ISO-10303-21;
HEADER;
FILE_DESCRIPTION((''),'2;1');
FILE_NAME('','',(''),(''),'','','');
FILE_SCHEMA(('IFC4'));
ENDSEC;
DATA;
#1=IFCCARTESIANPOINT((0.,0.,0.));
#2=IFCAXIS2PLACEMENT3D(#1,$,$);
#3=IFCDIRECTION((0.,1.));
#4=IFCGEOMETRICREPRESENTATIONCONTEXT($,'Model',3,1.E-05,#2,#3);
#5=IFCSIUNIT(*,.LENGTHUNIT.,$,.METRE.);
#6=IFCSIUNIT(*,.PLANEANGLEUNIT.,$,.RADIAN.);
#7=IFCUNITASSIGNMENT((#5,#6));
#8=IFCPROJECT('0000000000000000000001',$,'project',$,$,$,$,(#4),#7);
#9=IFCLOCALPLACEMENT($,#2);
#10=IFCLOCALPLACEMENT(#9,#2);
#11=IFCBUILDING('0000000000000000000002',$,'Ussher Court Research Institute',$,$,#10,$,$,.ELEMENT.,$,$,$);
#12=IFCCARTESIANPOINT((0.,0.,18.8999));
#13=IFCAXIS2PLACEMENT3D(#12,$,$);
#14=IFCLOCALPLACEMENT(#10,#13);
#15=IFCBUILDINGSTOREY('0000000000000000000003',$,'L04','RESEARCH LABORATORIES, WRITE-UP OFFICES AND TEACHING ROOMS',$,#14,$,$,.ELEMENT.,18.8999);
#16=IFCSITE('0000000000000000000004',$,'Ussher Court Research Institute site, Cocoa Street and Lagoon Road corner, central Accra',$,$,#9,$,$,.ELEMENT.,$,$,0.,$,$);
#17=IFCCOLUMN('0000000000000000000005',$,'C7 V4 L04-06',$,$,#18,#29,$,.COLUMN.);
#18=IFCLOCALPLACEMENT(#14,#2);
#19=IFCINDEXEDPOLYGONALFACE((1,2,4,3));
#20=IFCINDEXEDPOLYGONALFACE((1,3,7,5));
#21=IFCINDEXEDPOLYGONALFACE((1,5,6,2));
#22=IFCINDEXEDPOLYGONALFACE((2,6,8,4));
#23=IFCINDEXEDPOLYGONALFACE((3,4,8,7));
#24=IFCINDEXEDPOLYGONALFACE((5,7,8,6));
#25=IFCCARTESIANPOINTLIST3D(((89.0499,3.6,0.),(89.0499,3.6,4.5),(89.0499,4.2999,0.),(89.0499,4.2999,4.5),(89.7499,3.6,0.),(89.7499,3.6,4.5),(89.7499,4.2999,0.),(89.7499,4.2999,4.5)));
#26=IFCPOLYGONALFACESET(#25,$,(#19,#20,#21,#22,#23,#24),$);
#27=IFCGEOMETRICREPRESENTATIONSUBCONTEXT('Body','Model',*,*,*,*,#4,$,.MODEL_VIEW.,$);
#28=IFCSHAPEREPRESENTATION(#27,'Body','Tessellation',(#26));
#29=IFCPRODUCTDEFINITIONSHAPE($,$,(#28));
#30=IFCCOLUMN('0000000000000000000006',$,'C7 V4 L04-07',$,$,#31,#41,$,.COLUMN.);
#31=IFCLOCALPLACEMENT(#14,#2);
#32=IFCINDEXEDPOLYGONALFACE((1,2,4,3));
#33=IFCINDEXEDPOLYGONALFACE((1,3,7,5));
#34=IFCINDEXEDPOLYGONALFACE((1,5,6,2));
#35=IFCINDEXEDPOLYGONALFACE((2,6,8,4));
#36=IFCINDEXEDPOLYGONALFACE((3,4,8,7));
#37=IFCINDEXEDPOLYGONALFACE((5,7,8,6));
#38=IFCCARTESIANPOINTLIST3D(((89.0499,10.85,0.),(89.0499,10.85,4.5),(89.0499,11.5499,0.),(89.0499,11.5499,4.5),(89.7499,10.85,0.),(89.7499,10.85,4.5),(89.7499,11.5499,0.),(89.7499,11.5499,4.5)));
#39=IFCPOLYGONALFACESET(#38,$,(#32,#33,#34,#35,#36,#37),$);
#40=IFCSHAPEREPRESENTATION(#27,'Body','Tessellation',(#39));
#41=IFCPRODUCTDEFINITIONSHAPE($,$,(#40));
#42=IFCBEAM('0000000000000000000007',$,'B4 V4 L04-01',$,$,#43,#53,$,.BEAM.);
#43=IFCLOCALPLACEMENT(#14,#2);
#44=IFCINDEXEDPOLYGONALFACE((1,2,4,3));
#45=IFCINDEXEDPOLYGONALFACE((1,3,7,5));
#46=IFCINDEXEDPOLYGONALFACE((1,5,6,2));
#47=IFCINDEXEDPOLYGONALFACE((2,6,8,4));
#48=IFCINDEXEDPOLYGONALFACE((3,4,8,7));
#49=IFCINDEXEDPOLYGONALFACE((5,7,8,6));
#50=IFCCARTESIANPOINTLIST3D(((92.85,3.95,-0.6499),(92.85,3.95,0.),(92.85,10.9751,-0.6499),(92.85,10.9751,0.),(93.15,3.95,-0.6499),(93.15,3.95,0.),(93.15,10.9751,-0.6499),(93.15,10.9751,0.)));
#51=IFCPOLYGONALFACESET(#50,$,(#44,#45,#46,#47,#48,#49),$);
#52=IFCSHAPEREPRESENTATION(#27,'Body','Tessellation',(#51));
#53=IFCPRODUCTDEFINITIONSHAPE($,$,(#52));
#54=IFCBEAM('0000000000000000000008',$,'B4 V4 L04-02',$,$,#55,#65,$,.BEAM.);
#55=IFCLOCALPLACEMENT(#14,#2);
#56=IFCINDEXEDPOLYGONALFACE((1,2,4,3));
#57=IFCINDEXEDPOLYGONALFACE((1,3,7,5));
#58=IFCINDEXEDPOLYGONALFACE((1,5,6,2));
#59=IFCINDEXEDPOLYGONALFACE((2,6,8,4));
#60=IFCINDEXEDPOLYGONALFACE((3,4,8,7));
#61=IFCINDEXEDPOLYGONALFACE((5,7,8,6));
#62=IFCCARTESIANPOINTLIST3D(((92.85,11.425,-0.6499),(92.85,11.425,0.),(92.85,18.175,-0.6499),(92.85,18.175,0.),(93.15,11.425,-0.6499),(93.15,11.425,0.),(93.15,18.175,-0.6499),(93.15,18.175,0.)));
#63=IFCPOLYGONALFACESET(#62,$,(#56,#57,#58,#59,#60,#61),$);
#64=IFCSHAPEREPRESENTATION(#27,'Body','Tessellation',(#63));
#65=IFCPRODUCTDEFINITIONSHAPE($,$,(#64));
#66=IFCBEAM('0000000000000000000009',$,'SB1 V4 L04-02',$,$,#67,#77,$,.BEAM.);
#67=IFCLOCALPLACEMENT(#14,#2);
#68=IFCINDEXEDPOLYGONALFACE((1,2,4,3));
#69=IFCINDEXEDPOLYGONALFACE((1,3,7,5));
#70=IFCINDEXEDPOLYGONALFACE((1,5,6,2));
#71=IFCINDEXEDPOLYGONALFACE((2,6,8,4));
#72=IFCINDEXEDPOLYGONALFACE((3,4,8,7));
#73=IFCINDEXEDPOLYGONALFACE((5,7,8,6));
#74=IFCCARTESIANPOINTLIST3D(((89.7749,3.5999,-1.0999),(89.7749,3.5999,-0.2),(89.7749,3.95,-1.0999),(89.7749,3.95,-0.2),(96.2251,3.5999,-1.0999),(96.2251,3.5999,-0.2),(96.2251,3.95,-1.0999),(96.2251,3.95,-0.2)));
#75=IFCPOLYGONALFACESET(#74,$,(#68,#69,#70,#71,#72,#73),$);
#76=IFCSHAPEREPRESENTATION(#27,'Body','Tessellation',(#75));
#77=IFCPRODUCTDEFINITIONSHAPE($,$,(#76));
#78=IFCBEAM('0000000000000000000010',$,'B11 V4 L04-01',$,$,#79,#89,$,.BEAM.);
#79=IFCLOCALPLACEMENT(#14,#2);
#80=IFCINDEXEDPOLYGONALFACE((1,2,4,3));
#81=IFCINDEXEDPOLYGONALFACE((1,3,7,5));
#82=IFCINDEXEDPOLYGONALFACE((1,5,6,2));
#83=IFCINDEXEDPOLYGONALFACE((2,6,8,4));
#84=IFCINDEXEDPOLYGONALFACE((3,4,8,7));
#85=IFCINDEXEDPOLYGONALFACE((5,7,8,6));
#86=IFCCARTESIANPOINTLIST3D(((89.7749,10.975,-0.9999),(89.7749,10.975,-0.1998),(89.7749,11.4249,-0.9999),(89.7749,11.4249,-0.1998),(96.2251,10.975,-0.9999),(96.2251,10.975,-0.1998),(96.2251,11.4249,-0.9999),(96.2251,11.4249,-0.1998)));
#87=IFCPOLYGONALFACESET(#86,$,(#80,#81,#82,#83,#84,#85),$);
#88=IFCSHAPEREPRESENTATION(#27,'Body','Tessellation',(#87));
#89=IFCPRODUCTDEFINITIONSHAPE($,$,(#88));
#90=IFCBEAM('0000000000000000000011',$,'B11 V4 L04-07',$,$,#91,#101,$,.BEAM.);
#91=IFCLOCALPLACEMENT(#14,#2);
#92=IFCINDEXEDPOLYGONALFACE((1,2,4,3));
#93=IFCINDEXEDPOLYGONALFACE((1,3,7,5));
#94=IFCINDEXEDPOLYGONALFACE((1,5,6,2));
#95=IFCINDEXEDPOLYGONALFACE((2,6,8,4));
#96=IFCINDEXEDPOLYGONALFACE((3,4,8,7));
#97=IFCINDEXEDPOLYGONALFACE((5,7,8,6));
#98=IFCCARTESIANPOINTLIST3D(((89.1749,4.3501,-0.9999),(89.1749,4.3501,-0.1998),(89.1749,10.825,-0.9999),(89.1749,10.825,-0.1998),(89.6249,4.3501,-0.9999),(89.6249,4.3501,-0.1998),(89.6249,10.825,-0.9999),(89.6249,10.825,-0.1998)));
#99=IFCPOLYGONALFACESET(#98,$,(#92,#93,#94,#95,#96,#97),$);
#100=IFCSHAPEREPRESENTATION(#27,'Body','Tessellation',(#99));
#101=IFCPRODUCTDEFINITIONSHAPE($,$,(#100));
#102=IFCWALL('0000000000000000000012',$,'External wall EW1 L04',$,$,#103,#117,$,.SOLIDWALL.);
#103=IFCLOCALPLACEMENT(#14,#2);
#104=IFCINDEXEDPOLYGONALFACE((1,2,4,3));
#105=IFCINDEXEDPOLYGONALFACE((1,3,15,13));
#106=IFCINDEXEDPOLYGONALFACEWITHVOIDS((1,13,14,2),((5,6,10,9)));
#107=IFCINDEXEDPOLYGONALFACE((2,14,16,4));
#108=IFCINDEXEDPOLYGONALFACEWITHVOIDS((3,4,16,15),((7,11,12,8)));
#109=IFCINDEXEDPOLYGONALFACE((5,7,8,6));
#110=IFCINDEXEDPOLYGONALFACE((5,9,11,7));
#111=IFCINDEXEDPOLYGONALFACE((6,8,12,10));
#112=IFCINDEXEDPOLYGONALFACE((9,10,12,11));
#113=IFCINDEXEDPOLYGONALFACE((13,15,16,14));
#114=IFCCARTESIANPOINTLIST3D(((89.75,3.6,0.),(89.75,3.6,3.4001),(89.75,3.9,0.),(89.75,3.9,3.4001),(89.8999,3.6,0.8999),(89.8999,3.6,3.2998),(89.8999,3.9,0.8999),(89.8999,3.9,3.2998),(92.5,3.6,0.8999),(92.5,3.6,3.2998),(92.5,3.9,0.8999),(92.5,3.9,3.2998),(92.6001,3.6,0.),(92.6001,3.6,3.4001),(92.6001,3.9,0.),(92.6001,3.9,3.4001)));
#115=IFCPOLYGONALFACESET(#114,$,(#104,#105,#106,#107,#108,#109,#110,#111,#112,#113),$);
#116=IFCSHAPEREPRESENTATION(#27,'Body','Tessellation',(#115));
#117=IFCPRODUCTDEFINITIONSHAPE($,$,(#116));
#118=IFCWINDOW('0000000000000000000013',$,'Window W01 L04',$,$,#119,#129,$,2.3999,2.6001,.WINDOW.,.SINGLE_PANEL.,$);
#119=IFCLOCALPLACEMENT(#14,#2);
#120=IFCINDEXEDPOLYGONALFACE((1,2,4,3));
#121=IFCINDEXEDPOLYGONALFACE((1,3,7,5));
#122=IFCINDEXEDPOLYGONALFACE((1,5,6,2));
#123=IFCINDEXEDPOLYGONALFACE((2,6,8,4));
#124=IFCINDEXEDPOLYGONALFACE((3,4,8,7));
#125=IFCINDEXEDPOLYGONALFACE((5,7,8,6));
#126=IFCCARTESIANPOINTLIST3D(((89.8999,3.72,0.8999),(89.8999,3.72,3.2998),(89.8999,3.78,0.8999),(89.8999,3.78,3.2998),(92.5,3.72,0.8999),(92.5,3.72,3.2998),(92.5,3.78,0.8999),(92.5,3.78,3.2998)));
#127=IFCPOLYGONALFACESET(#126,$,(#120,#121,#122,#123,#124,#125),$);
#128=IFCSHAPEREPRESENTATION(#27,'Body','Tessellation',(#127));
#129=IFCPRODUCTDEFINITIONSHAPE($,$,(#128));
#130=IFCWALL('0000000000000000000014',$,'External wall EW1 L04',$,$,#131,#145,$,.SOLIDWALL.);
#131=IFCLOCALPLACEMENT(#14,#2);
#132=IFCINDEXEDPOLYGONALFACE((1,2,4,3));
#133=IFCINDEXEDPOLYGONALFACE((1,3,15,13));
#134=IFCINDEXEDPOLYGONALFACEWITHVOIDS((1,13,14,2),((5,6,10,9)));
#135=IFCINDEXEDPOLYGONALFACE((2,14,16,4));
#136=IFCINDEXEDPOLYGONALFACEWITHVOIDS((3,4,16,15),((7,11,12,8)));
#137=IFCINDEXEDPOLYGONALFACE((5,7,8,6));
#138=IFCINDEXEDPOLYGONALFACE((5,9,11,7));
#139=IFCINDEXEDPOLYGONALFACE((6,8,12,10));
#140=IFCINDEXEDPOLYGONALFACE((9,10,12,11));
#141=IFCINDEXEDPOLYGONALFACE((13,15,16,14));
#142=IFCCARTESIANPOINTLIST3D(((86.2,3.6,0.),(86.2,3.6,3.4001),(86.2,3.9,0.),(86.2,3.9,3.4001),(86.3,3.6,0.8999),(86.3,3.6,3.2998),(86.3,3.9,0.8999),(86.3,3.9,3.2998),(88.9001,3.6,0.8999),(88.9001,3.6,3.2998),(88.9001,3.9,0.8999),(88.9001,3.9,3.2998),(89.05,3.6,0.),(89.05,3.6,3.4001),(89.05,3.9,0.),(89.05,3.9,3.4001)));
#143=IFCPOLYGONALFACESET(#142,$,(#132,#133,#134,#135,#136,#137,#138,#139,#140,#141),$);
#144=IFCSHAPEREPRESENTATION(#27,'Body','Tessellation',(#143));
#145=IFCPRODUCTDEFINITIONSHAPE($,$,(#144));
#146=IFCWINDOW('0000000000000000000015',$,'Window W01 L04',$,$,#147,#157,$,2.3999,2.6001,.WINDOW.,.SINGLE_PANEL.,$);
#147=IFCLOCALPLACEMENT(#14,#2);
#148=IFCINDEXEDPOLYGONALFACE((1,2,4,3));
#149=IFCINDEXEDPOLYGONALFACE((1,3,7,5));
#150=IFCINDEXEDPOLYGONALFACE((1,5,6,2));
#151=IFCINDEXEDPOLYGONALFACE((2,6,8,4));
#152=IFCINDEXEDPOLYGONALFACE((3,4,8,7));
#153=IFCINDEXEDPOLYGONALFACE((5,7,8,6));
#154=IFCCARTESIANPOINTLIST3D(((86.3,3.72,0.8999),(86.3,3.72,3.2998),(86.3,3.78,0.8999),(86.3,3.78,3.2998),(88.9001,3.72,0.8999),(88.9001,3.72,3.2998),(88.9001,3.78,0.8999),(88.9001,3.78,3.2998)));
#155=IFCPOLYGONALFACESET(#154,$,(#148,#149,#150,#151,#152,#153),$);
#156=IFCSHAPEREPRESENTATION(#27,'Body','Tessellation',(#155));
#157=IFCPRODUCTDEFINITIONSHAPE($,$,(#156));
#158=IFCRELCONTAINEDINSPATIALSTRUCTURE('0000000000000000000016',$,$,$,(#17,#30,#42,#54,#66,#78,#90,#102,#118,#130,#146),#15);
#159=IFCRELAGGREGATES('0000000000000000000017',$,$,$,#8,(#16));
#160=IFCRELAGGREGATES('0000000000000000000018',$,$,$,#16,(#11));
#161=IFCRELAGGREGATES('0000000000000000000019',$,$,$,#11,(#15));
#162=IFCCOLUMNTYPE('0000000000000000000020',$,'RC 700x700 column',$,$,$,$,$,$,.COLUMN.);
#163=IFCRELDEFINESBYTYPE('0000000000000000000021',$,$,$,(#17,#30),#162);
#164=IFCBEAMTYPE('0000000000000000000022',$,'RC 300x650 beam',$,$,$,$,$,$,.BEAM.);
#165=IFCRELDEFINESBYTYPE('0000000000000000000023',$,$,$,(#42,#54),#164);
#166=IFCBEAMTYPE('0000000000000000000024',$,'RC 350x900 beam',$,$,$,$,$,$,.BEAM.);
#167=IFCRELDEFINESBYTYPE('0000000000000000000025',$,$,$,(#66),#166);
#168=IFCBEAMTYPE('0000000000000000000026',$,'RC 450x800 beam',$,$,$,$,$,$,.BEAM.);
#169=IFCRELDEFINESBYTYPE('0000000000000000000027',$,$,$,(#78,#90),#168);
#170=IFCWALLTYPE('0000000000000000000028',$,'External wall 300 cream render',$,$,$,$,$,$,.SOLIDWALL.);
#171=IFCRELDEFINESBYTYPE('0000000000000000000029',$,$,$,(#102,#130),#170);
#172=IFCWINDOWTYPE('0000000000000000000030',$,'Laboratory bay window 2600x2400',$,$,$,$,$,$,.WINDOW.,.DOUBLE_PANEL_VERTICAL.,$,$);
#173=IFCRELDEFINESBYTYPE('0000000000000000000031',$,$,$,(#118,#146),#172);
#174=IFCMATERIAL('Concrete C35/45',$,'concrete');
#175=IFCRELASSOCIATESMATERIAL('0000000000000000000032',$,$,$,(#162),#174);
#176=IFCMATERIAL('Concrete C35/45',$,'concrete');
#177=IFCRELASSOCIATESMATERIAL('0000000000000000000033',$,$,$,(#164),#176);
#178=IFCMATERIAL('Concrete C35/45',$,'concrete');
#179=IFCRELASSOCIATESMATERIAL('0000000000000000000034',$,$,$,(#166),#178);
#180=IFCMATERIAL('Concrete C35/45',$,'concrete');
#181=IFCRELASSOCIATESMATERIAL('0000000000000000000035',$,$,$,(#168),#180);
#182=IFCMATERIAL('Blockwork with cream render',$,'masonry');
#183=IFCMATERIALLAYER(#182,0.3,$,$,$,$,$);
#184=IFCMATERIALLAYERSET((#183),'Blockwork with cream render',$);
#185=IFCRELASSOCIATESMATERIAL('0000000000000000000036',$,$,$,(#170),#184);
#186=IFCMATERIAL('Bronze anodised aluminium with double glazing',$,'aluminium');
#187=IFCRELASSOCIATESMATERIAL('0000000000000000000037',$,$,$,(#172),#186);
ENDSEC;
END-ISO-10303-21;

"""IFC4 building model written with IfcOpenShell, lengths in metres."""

from ifc_helpers import new_model, si_unit, direction, frame, frame_2d, origin, origin_2d, place, context, subcontext, project, spatial, rectangle, extrude, material, layer, layer_set, material_profile, profile_set, type_object, element, fill, save


model = new_model("IFC4")

# Units and contexts
model_context = context("Model", 3, precision=1e-05, world=origin(), true_north=direction((0.0, 1.0)))
body_context = subcontext(model_context, "Body", "Model", "MODEL_VIEW")
ifc_project = project(units=[si_unit("LENGTHUNIT", "METRE"), si_unit("PLANEANGLEUNIT", "RADIAN")], contexts=[model_context])

# Site, building, storey
site_placement = place(None, origin())
site = spatial("IfcSite", under=ifc_project, at=site_placement, Name="Ussher Court Research Institute site, Cocoa Street and Lagoon Road corner, central Accra", CompositionType="ELEMENT", RefElevation=0.0)
building_placement = place(site_placement, origin())
building = spatial("IfcBuilding", under=site, at=building_placement, Name="Ussher Court Research Institute", CompositionType="ELEMENT")
storey_placement = place(building_placement, frame((0.0, 0.0, 18.8999)))
storey = spatial("IfcBuildingStorey", under=building, at=storey_placement, Name="L04", Description="RESEARCH LABORATORIES, WRITE-UP OFFICES AND TEACHING ROOMS", CompositionType="ELEMENT", Elevation=18.8999)

# Columns
ifc_material_1 = material(Name="Concrete C35/45", Category="concrete")
ifc_material_profile_1 = material_profile(ifc_material_1, rectangle(XDim=0.7, YDim=0.7, at=origin_2d()), Name="RC 700x700")
ifc_profile_set_1 = profile_set([ifc_material_profile_1], Name="Concrete C35/45")
column_type = type_object("IfcColumnType", Name="RC 700x700 column", PredefinedType="COLUMN", material=ifc_profile_set_1)
for number, where, z_axis, x_axis, name in (
    (1, (89.3999, 3.95, 0.0), (0.0, 0.0, 1.0), (1.0, 0.0, 0.0), "C7 V4 L04-06"),
    (2, (89.3999, 11.2, 0.0), (0.0, 0.0, 1.0), (1.0, 0.0, 0.0), "C7 V4 L04-07"),
):
    element("IfcColumn", number, at=place(storey_placement, frame(where, z_axis=z_axis, x_axis=x_axis)), inside=storey, type_object=column_type, Name=name, PredefinedType="COLUMN", context=body_context, shape_type="SweptSolid", body=[
        extrude(rectangle(XDim=0.7, YDim=0.7, at=origin_2d()), origin(), (0.0, 0.0, 1.0), 4.5),
    ])

# Beams
ifc_material_2 = material(Name="Concrete C35/45", Category="concrete")
ifc_material_profile_2 = material_profile(ifc_material_2, rectangle(XDim=0.3, YDim=0.6499, at=origin_2d()), Name="RC 300x650")
ifc_profile_set_2 = profile_set([ifc_material_profile_2], Name="Concrete C35/45")
beam_type_1 = type_object("IfcBeamType", Name="RC 300x650 beam", PredefinedType="BEAM", material=ifc_profile_set_2)
beam_1_placement = place(storey_placement, frame((93.0, 3.95, -0.325), z_axis=(0.0, 1.0, 0.0), x_axis=(-1.0, 0.0, 0.0)))
element("IfcBeam", 3, at=beam_1_placement, inside=storey, type_object=beam_type_1, Name="B4 V4 L04-01", PredefinedType="BEAM", context=body_context, shape_type="SweptSolid", body=[
    extrude(rectangle(XDim=0.3, YDim=0.6499, at=origin_2d()), origin(), (0.0, 0.0, 1.0), 7.0251),
])
beam_2_placement = place(storey_placement, frame((93.0, 11.425, -0.325), z_axis=(0.0, 1.0, 0.0), x_axis=(-1.0, 0.0, 0.0)))
element("IfcBeam", 4, at=beam_2_placement, inside=storey, type_object=beam_type_1, Name="B4 V4 L04-02", PredefinedType="BEAM", context=body_context, shape_type="SweptSolid", body=[
    extrude(rectangle(XDim=0.3, YDim=0.6499, at=origin_2d()), origin(), (0.0, 0.0, 1.0), 6.75),
])
ifc_material_3 = material(Name="Concrete C35/45", Category="concrete")
ifc_material_profile_3 = material_profile(ifc_material_3, rectangle(XDim=0.3501, YDim=0.8999, at=origin_2d()), Name="RC 350x900")
ifc_profile_set_3 = profile_set([ifc_material_profile_3], Name="Concrete C35/45")
beam_type_2 = type_object("IfcBeamType", Name="RC 350x900 beam", PredefinedType="BEAM", material=ifc_profile_set_3)
beam_3_placement = place(storey_placement, frame((89.7749, 3.7749, -0.6499), z_axis=(1.0, 0.0, 0.0), x_axis=(0.0, 1.0, 0.0)))
element("IfcBeam", 5, at=beam_3_placement, inside=storey, type_object=beam_type_2, Name="SB1 V4 L04-02", PredefinedType="BEAM", context=body_context, shape_type="SweptSolid", body=[
    extrude(rectangle(XDim=0.3501, YDim=0.8999, at=origin_2d()), origin(), (0.0, 0.0, 1.0), 6.4502),
])
ifc_material_4 = material(Name="Concrete C35/45", Category="concrete")
ifc_material_profile_4 = material_profile(ifc_material_4, rectangle(XDim=0.45, YDim=0.8, at=origin_2d()), Name="RC 450x800")
ifc_profile_set_4 = profile_set([ifc_material_profile_4], Name="Concrete C35/45")
beam_type_3 = type_object("IfcBeamType", Name="RC 450x800 beam", PredefinedType="BEAM", material=ifc_profile_set_4)
beam_4_placement = place(storey_placement, frame((89.7749, 11.2, -0.5999), z_axis=(1.0, 0.0, 0.0), x_axis=(0.0, 1.0, 0.0)))
element("IfcBeam", 6, at=beam_4_placement, inside=storey, type_object=beam_type_3, Name="B11 V4 L04-01", PredefinedType="BEAM", context=body_context, shape_type="SweptSolid", body=[
    extrude(rectangle(XDim=0.45, YDim=0.8, at=origin_2d()), origin(), (0.0, 0.0, 1.0), 6.4502),
])
beam_5_placement = place(storey_placement, frame((89.3999, 4.3501, -0.5999), z_axis=(0.0, 1.0, 0.0), x_axis=(-1.0, 0.0, 0.0)))
element("IfcBeam", 7, at=beam_5_placement, inside=storey, type_object=beam_type_3, Name="B11 V4 L04-07", PredefinedType="BEAM", context=body_context, shape_type="SweptSolid", body=[
    extrude(rectangle(XDim=0.45, YDim=0.8, at=origin_2d()), origin(), (0.0, 0.0, 1.0), 6.4749),
])

# Walls, openings, windows
ifc_material_5 = material(Name="Blockwork with cream render", Category="masonry")
ifc_layer_1 = layer(ifc_material_5, 0.3)
ifc_layer_set_1 = layer_set([ifc_layer_1], Name="Blockwork with cream render")
wall_type_1 = type_object("IfcWallType", Name="External wall 300 cream render", PredefinedType="SOLIDWALL", material=ifc_layer_set_1)
wall_1_placement = place(storey_placement, frame((92.6001, 3.75, 0.0), z_axis=(0.0, 0.0, 1.0), x_axis=(-1.0, 0.0, 0.0)))
wall_1 = element("IfcWall", 8, at=wall_1_placement, inside=storey, type_object=wall_type_1, Name="External wall EW1 L04", PredefinedType="SOLIDWALL", context=body_context, shape_type="SweptSolid", body=[
    extrude(rectangle(XDim=2.8501, YDim=0.3, at=frame_2d((1.425, 0.0))), origin(), (0.0, 0.0, 1.0), 3.4001),
])
opening_1_placement = place(wall_1_placement, frame((0.1001, 0.0, 0.8999)))
opening_1 = element("IfcOpeningElement", 9, at=opening_1_placement, cuts=wall_1, PredefinedType="OPENING", context=body_context, shape_type="SweptSolid", body=[
    extrude(rectangle(XDim=2.6001, YDim=2.3999, at=frame_2d((1.3, 1.2))), frame((0.0, 0.1602, 0.0), z_axis=(0.0, -1.0, 0.0), x_axis=(1.0, 0.0, 0.0)), (0.0, 0.0, 1.0), 0.3201),
])
ifc_material_6 = material(Name="Bronze anodised aluminium with double glazing", Category="aluminium")
window_type = type_object("IfcWindowType", Name="Laboratory bay window 2600x2400", PartitioningType="DOUBLE_PANEL_VERTICAL", PredefinedType="WINDOW", material=ifc_material_6)
window_1_placement = place(opening_1_placement, origin())
window_1 = element("IfcWindow", 10, at=window_1_placement, inside=storey, type_object=window_type, Name="Window W01 L04", OverallHeight=2.3999, OverallWidth=2.6001, PartitioningType="SINGLE_PANEL", PredefinedType="WINDOW", context=body_context, shape_type="SweptSolid", body=[
    extrude(rectangle(XDim=2.6001, YDim=2.3999, at=frame_2d((1.3, 1.2))), frame((0.0, 0.03, 0.0), z_axis=(0.0, -1.0, 0.0), x_axis=(1.0, 0.0, 0.0)), (0.0, 0.0, 1.0), 0.0601),
])
fill(opening_1, window_1)
wall_2_placement = place(storey_placement, frame((89.05, 3.75, 0.0), z_axis=(0.0, 0.0, 1.0), x_axis=(-1.0, 0.0, 0.0)))
wall_2 = element("IfcWall", 11, at=wall_2_placement, inside=storey, type_object=wall_type_1, Name="External wall EW1 L04", PredefinedType="SOLIDWALL", context=body_context, shape_type="SweptSolid", body=[
    extrude(rectangle(XDim=2.8501, YDim=0.3, at=frame_2d((1.425, 0.0))), origin(), (0.0, 0.0, 1.0), 3.4001),
])
opening_2_placement = place(wall_2_placement, frame((0.1499, 0.0, 0.8999)))
opening_2 = element("IfcOpeningElement", 12, at=opening_2_placement, cuts=wall_2, PredefinedType="OPENING", context=body_context, shape_type="SweptSolid", body=[
    extrude(rectangle(XDim=2.6001, YDim=2.3999, at=frame_2d((1.3, 1.2))), frame((0.0, 0.1602, 0.0), z_axis=(0.0, -1.0, 0.0), x_axis=(1.0, 0.0, 0.0)), (0.0, 0.0, 1.0), 0.3201),
])
window_2_placement = place(opening_2_placement, origin())
window_2 = element("IfcWindow", 13, at=window_2_placement, inside=storey, type_object=window_type, Name="Window W01 L04", OverallHeight=2.3999, OverallWidth=2.6001, PartitioningType="SINGLE_PANEL", PredefinedType="WINDOW", context=body_context, shape_type="SweptSolid", body=[
    extrude(rectangle(XDim=2.6001, YDim=2.3999, at=frame_2d((1.3, 1.2))), frame((0.0, 0.03, 0.0), z_axis=(0.0, -1.0, 0.0), x_axis=(1.0, 0.0, 0.0)), (0.0, 0.0, 1.0), 0.0601),
])
fill(opening_2, window_2)

save(model, "model.ifc")
